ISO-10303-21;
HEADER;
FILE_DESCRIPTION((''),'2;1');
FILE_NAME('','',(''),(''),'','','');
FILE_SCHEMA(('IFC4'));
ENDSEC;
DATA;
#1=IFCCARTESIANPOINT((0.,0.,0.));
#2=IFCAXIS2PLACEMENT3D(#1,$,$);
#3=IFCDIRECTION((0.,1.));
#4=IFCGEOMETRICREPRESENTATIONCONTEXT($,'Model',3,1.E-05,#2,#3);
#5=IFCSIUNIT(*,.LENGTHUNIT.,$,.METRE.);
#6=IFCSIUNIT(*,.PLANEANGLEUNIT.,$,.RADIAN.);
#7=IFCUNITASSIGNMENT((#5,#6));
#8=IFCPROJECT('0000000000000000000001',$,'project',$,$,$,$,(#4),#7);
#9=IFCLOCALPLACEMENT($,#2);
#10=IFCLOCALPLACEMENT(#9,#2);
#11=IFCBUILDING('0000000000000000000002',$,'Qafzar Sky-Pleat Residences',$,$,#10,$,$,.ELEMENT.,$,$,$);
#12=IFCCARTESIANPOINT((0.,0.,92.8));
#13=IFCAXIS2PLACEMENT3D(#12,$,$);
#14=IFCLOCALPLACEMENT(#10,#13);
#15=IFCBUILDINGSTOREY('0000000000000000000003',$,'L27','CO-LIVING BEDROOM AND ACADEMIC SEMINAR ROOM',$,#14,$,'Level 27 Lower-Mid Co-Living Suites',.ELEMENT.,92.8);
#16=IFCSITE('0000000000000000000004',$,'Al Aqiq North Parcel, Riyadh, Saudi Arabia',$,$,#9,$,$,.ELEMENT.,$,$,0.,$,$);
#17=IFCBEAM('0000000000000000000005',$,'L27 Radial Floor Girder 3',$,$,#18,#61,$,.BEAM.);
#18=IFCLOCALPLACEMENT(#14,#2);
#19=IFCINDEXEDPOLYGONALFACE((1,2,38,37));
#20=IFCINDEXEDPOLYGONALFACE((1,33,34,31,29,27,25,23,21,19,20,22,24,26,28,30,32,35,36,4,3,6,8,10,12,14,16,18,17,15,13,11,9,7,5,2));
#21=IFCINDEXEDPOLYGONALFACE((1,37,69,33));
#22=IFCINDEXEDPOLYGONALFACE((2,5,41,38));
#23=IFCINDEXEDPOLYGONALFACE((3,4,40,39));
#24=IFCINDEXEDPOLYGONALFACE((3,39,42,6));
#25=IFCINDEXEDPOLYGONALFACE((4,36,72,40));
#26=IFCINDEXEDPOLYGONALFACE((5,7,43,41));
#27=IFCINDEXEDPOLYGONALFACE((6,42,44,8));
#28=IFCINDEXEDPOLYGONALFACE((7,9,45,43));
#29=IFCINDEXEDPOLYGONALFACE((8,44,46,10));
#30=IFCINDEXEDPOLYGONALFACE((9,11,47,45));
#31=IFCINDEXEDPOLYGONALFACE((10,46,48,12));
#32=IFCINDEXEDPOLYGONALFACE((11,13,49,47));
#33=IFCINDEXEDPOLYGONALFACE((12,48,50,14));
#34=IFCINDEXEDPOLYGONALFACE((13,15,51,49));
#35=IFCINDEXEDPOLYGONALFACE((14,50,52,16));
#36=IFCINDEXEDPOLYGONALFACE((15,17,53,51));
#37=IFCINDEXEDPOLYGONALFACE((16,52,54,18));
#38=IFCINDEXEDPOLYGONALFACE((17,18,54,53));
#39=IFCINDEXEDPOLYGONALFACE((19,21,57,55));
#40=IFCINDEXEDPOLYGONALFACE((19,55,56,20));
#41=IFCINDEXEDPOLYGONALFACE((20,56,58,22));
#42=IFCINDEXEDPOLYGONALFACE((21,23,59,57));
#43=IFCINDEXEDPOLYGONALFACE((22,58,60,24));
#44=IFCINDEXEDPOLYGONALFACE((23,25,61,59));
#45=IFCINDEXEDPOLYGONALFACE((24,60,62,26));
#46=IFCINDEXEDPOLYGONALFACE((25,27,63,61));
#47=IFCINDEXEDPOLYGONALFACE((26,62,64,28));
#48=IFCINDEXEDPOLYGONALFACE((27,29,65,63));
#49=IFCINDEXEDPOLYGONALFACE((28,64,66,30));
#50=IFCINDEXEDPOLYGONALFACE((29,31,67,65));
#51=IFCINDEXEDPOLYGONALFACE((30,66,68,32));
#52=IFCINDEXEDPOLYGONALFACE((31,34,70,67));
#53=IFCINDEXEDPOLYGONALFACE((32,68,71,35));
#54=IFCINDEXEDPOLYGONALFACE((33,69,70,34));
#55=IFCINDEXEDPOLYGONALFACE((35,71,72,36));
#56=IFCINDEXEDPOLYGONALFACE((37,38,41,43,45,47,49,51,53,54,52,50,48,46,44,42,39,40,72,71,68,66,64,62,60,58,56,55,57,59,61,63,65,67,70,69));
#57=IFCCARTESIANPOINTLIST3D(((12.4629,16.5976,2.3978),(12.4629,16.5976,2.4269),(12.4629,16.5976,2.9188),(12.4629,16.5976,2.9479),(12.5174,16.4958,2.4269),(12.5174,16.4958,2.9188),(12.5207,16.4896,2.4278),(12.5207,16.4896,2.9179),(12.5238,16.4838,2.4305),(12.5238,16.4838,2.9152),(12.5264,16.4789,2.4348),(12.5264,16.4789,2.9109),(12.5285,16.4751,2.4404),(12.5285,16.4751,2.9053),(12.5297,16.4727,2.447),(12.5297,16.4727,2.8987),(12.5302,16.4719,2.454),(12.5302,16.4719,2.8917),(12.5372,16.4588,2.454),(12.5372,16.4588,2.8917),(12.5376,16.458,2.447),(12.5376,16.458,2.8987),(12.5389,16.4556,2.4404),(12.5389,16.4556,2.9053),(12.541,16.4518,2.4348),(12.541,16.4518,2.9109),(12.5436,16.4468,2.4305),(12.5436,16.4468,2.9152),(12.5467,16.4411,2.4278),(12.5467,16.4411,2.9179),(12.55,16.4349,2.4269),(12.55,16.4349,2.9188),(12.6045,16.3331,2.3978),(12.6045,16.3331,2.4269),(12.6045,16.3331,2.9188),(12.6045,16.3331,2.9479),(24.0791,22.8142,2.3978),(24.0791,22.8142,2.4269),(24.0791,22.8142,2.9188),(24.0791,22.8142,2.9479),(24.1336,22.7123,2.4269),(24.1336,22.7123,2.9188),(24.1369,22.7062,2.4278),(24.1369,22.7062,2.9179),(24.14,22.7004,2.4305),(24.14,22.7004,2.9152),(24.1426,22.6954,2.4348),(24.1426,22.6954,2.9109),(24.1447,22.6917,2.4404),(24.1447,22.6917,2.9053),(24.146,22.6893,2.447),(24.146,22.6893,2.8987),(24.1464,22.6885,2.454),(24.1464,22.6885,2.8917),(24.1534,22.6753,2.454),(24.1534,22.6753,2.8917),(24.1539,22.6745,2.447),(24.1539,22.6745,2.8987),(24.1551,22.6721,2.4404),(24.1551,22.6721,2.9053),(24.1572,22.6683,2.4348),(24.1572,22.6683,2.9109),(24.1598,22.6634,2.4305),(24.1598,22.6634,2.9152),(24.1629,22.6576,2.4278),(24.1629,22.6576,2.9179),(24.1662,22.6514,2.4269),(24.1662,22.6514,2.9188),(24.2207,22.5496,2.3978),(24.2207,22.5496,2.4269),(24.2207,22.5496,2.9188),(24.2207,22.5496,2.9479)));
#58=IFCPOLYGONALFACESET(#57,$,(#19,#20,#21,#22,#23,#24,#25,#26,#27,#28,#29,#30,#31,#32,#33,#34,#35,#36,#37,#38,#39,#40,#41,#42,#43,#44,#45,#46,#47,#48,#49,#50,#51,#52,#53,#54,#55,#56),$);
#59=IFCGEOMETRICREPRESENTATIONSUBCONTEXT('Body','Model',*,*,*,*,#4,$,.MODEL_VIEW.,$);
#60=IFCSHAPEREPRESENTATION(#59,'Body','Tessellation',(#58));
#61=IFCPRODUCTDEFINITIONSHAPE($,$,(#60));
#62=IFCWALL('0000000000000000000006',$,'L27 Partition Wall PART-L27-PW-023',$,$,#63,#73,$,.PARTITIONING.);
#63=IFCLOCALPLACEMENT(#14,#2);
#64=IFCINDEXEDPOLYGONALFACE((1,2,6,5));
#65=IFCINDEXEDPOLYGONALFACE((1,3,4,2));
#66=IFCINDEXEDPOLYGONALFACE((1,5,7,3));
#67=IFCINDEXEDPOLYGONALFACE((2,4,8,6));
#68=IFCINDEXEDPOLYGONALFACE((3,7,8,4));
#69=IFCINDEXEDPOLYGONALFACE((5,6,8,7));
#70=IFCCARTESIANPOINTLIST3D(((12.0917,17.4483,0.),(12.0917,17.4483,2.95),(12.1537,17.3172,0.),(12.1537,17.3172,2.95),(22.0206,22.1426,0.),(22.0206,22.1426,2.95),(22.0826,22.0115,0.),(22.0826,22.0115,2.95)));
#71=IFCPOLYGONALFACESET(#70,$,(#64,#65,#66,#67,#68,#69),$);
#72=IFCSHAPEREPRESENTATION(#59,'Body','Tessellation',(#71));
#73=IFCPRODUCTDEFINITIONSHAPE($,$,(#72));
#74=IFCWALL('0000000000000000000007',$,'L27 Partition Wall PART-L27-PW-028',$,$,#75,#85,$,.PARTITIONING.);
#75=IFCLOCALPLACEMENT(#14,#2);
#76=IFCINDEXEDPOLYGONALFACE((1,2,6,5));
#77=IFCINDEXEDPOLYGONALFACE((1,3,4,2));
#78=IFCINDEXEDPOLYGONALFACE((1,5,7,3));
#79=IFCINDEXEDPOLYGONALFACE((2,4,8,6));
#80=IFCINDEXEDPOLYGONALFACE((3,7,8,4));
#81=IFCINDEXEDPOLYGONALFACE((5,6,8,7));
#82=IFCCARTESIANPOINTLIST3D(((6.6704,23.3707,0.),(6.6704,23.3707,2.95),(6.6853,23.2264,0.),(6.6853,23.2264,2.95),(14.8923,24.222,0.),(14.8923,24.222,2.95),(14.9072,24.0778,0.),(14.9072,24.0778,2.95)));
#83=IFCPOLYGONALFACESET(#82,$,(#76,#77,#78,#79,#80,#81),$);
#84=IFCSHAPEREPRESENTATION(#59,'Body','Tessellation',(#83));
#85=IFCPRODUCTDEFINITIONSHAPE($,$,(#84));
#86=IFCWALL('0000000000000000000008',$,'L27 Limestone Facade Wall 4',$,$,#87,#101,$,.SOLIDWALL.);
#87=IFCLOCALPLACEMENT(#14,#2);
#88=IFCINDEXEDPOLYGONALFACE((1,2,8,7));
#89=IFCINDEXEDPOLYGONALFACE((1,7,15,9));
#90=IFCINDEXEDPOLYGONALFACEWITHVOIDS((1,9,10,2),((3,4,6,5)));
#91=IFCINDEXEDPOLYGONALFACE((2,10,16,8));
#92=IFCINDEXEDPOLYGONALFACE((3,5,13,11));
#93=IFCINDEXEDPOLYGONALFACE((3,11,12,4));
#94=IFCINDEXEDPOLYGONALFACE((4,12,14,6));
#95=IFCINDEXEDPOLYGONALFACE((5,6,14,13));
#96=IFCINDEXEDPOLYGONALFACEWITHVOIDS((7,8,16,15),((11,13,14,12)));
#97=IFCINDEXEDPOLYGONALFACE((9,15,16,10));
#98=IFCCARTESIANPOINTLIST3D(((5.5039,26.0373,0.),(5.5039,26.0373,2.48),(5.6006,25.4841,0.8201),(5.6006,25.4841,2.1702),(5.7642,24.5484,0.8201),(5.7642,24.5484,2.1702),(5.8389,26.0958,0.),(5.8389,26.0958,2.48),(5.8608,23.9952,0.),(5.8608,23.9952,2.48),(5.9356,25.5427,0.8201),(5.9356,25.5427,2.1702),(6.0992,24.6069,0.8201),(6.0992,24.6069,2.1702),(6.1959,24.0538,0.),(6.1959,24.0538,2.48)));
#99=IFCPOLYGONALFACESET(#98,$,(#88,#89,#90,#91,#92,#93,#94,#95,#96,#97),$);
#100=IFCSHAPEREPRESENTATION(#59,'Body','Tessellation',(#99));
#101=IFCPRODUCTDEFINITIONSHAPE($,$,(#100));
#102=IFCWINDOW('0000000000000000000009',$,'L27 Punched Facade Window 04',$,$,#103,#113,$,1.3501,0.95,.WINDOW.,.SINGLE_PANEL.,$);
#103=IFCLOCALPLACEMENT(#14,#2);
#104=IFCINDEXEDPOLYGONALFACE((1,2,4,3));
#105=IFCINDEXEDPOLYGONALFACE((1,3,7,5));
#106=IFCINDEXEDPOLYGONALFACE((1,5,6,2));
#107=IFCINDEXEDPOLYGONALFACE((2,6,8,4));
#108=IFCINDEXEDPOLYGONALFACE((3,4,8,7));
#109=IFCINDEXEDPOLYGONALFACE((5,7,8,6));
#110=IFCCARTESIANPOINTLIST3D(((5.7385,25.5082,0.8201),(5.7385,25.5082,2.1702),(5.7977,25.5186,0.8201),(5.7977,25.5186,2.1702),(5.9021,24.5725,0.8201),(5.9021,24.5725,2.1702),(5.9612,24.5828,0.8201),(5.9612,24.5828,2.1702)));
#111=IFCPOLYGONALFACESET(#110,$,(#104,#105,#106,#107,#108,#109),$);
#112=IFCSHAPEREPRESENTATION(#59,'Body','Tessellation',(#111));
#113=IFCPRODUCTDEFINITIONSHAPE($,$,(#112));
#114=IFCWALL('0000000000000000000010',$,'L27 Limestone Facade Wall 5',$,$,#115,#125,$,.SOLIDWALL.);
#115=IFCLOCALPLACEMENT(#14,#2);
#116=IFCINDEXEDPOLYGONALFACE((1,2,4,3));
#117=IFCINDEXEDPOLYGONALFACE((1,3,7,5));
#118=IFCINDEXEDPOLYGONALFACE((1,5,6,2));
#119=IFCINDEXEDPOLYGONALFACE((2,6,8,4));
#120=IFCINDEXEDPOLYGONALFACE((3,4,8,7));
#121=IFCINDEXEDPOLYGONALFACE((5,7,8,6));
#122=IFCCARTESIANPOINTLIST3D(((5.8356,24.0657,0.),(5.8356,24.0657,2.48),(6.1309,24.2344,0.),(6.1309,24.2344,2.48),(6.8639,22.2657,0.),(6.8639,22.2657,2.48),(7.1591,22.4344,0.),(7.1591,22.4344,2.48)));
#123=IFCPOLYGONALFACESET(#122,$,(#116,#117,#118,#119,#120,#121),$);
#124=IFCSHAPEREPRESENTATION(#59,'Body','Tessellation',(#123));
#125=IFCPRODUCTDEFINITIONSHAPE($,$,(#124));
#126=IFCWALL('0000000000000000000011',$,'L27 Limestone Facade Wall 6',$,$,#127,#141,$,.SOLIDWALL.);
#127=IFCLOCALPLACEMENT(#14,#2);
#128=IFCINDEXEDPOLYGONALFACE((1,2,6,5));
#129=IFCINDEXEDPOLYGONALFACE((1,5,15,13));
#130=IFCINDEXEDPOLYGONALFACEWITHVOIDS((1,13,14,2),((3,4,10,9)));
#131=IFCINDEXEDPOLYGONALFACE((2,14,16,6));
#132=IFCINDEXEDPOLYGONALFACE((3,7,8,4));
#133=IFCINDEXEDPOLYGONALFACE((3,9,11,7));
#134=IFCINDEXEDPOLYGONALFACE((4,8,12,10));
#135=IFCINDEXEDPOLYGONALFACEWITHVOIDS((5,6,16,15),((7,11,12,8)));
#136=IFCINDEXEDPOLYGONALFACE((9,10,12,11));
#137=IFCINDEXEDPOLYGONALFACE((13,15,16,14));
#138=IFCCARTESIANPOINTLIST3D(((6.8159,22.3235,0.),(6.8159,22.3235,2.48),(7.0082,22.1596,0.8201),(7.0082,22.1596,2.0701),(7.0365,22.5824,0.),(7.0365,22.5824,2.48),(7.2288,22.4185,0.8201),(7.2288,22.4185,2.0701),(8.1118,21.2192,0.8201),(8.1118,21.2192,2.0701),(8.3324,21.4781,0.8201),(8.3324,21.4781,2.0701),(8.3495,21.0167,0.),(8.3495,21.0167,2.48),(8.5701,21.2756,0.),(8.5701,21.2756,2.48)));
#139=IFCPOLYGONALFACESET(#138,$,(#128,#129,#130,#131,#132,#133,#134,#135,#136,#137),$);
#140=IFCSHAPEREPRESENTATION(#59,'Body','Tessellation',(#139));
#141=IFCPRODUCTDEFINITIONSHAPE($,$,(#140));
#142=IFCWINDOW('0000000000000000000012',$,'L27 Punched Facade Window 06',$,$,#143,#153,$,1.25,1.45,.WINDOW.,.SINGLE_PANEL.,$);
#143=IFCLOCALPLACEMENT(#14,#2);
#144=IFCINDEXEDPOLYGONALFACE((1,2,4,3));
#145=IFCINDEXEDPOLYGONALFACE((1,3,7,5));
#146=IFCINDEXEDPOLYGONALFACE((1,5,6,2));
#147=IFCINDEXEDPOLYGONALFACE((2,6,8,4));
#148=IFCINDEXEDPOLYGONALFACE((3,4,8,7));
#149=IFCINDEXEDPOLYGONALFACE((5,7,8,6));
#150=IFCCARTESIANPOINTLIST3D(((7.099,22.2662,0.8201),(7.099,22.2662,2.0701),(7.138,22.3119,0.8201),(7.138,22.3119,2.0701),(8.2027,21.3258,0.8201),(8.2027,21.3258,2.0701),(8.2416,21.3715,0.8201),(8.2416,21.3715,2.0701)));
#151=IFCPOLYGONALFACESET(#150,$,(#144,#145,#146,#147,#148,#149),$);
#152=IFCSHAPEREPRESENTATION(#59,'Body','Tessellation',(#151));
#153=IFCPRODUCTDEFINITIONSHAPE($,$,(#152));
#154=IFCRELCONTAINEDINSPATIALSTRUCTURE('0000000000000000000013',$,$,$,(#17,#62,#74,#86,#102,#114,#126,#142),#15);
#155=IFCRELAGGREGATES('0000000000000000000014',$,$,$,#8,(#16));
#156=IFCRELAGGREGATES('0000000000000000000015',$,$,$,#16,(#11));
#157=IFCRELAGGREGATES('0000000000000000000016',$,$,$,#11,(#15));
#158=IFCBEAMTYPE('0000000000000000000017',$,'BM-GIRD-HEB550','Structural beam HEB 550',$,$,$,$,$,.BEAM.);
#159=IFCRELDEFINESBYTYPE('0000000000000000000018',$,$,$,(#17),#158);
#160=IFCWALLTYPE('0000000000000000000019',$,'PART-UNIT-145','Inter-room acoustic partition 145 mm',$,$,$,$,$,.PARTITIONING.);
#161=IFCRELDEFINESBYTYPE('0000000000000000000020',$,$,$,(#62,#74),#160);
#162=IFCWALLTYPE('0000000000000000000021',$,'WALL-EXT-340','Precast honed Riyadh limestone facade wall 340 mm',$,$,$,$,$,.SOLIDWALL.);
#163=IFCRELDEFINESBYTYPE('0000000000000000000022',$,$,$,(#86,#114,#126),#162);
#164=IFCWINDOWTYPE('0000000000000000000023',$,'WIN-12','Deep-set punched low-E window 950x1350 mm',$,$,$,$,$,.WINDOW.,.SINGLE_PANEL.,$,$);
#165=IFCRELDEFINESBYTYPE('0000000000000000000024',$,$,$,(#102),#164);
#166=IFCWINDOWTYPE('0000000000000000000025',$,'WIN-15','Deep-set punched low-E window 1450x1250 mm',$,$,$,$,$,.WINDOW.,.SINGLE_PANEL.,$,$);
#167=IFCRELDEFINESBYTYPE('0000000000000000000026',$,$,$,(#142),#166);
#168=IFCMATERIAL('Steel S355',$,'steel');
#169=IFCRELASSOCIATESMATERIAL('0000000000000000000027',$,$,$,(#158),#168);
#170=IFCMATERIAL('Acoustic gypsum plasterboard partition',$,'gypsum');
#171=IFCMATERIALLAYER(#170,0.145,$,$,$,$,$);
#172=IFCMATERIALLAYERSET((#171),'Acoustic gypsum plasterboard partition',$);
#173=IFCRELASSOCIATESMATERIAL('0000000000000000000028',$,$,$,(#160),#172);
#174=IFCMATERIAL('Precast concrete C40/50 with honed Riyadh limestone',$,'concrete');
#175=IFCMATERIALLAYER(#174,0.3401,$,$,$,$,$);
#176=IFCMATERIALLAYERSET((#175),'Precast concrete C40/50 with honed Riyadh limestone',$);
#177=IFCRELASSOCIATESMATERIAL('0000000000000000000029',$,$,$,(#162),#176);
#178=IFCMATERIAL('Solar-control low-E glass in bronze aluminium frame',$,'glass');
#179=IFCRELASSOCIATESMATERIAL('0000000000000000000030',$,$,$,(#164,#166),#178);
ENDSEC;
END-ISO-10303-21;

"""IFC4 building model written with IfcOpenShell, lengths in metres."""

from ifc_helpers import new_model, si_unit, direction, frame, frame_2d, origin, origin_2d, place, context, subcontext, project, spatial, rectangle, i_section, extrude, source, transform, mapped, material, layer, layer_set, material_profile, profile_set, type_object, element, fill, save


model = new_model("IFC4")

# Units and contexts
model_context = context("Model", 3, precision=1e-05, world=origin(), true_north=direction((0.0, 1.0)))
body_context = subcontext(model_context, "Body", "Model", "MODEL_VIEW")
ifc_project = project(units=[si_unit("LENGTHUNIT", "METRE"), si_unit("PLANEANGLEUNIT", "RADIAN")], contexts=[model_context])

# Site, building, storey
site_placement = place(None, origin())
site = spatial("IfcSite", under=ifc_project, at=site_placement, Name="Al Aqiq North Parcel, Riyadh, Saudi Arabia", CompositionType="ELEMENT", RefElevation=0.0)
building_placement = place(site_placement, origin())
building = spatial("IfcBuilding", under=site, at=building_placement, Name="Qafzar Sky-Pleat Residences", CompositionType="ELEMENT")
storey_placement = place(building_placement, frame((0.0, 0.0, 92.8)))
storey = spatial("IfcBuildingStorey", under=building, at=storey_placement, Name="L27", Description="CO-LIVING BEDROOM AND ACADEMIC SEMINAR ROOM", LongName="Level 27 Lower-Mid Co-Living Suites", CompositionType="ELEMENT", Elevation=92.8)

# Beam
ifc_material_1 = material(Name="Steel S355", Category="steel")
ifc_material_profile_1 = material_profile(ifc_material_1, i_section(OverallWidth=0.3, OverallDepth=0.55, WebThickness=0.0149, FlangeThickness=0.0291, FilletRadius=0.0271, at=origin_2d()), Name="HEB 550")
ifc_profile_set_1 = profile_set([ifc_material_profile_1], Name="Steel S355")
beam_type_1 = type_object("IfcBeamType", Name="BM-GIRD-HEB550", Description="Structural beam HEB 550", PredefinedType="BEAM", material=ifc_profile_set_1)
shared_shape_1 = source(origin(), body_context, "Body", "SweptSolid", [
    extrude(i_section(OverallWidth=0.3, OverallDepth=0.55, WebThickness=0.0149, FlangeThickness=0.0291, FilletRadius=0.0271, at=origin_2d()), origin(), (0.0, 0.0, 1.0), 13.175),
])
beam_1_placement = place(storey_placement, frame((12.5337, 16.4653, 2.6729), z_axis=(0.881683, 0.471843, 0.0), x_axis=(-0.471843, 0.881683, 0.0)))
element("IfcBeam", 1, at=beam_1_placement, inside=storey, type_object=beam_type_1, Name="L27 Radial Floor Girder 3", PredefinedType="BEAM", context=body_context, shape_type="MappedRepresentation", body=[
    mapped(shared_shape_1, transform((0.0, 0.0, 0.0), x_axis=(1.0, 0.0, 0.0), y_axis=(0.0, 1.0, 0.0), z_axis=(0.0, 0.0, 1.0), scale=1.0)),
])

# Walls
ifc_material_2 = material(Name="Acoustic gypsum plasterboard partition", Category="gypsum")
ifc_layer_1 = layer(ifc_material_2, 0.145)
ifc_layer_set_1 = layer_set([ifc_layer_1], Name="Acoustic gypsum plasterboard partition")
wall_type_1 = type_object("IfcWallType", Name="PART-UNIT-145", Description="Inter-room acoustic partition 145 mm", PredefinedType="PARTITIONING", material=ifc_layer_set_1)
wall_1_placement = place(storey_placement, frame((12.1228, 17.3828, 0.0), z_axis=(0.0, 0.0, 1.0), x_axis=(0.904049, 0.427428, 0.0)))
element("IfcWall", 2, at=wall_1_placement, inside=storey, type_object=wall_type_1, Name="L27 Partition Wall PART-L27-PW-023", PredefinedType="PARTITIONING", context=body_context, shape_type="SweptSolid", body=[
    extrude(rectangle(XDim=10.9827, YDim=0.145, at=frame_2d((5.4912, 0.0))), origin(), (0.0, 0.0, 1.0), 2.95),
])
wall_2_placement = place(storey_placement, frame((6.678, 23.2986, 0.0), z_axis=(0.0, 0.0, 1.0), x_axis=(0.994682, 0.102992, 0.0)))
element("IfcWall", 3, at=wall_2_placement, inside=storey, type_object=wall_type_1, Name="L27 Partition Wall PART-L27-PW-028", PredefinedType="PARTITIONING", context=body_context, shape_type="SweptSolid", body=[
    extrude(rectangle(XDim=8.2659, YDim=0.145, at=frame_2d((4.1328, 0.0))), origin(), (0.0, 0.0, 1.0), 2.95),
])

# Wall, opening, window
ifc_material_3 = material(Name="Precast concrete C40/50 with honed Riyadh limestone", Category="concrete")
ifc_layer_2 = layer(ifc_material_3, 0.3401)
ifc_layer_set_2 = layer_set([ifc_layer_2], Name="Precast concrete C40/50 with honed Riyadh limestone")
wall_type_2 = type_object("IfcWallType", Name="WALL-EXT-340", Description="Precast honed Riyadh limestone facade wall 340 mm", PredefinedType="SOLIDWALL", material=ifc_layer_set_2)
wall_3_placement = place(storey_placement, frame((5.6714, 26.0667, 0.0), z_axis=(0.0, 0.0, 1.0), x_axis=(0.172186, -0.985064, 0.0)))
wall_3 = element("IfcWall", 4, at=wall_3_placement, inside=storey, type_object=wall_type_2, Name="L27 Limestone Facade Wall 4", PredefinedType="SOLIDWALL", context=body_context, shape_type="SweptSolid", body=[
    extrude(rectangle(XDim=2.073, YDim=0.3401, at=frame_2d((1.0366, 0.0))), origin(), (0.0, 0.0, 1.0), 2.48),
])
opening_1_placement = place(wall_3_placement, frame((0.5615, 0.0, 0.8201)))
opening_1 = element("IfcOpeningElement", 5, at=opening_1_placement, cuts=wall_3, PredefinedType="OPENING", context=body_context, shape_type="SweptSolid", body=[
    extrude(rectangle(XDim=0.95, YDim=1.3501, at=frame_2d((0.4751, 0.675))), frame((0.0, 0.1802, 0.0), z_axis=(0.0, -1.0, 0.0), x_axis=(1.0, 0.0, 0.0)), (0.0, 0.0, 1.0), 0.3601),
])
ifc_material_4 = material(Name="Solar-control low-E glass in bronze aluminium frame", Category="glass")
window_type_1 = type_object("IfcWindowType", Name="WIN-12", Description="Deep-set punched low-E window 950x1350 mm", PartitioningType="SINGLE_PANEL", PredefinedType="WINDOW", material=ifc_material_4)
shared_shape_2 = source(origin(), body_context, "Body", "SweptSolid", [
    extrude(rectangle(XDim=0.95, YDim=1.3501, at=frame_2d((0.4751, 0.675))), frame((0.0, 0.03, 0.0), z_axis=(0.0, -1.0, 0.0), x_axis=(1.0, 0.0, 0.0)), (0.0, 0.0, 1.0), 0.0601),
])
window_1_placement = place(opening_1_placement, origin())
window_1 = element("IfcWindow", 6, at=window_1_placement, inside=storey, type_object=window_type_1, Name="L27 Punched Facade Window 04", OverallHeight=1.3501, OverallWidth=0.95, PartitioningType="SINGLE_PANEL", PredefinedType="WINDOW", context=body_context, shape_type="MappedRepresentation", body=[
    mapped(shared_shape_2, transform((0.0, 0.0, 0.0), x_axis=(1.0, 0.0, 0.0), y_axis=(0.0, 1.0, 0.0), z_axis=(0.0, 0.0, 1.0), scale=1.0)),
])
fill(opening_1, window_1)

# Wall
wall_4_placement = place(storey_placement, frame((5.9832, 24.1501, 0.0), z_axis=(0.0, 0.0, 1.0), x_axis=(0.496037, -0.868301, 0.0)))
element("IfcWall", 7, at=wall_4_placement, inside=storey, type_object=wall_type_2, Name="L27 Limestone Facade Wall 5", PredefinedType="SOLIDWALL", context=body_context, shape_type="SweptSolid", body=[
    extrude(rectangle(XDim=2.073, YDim=0.3401, at=frame_2d((1.0366, 0.0))), origin(), (0.0, 0.0, 1.0), 2.48),
])

# Wall, opening, window
wall_5_placement = place(storey_placement, frame((6.9263, 22.4529, 0.0), z_axis=(0.0, 0.0, 1.0), x_axis=(0.761144, -0.648583, 0.0)))
wall_5 = element("IfcWall", 8, at=wall_5_placement, inside=storey, type_object=wall_type_2, Name="L27 Limestone Facade Wall 6", PredefinedType="SOLIDWALL", context=body_context, shape_type="SweptSolid", body=[
    extrude(rectangle(XDim=2.0149, YDim=0.3401, at=frame_2d((1.0073, 0.0))), origin(), (0.0, 0.0, 1.0), 2.48),
])
opening_2_placement = place(wall_5_placement, frame((0.2524, 0.0, 0.8201)))
opening_2 = element("IfcOpeningElement", 9, at=opening_2_placement, cuts=wall_5, PredefinedType="OPENING", context=body_context, shape_type="SweptSolid", body=[
    extrude(rectangle(XDim=1.45, YDim=1.25, at=frame_2d((0.7251, 0.625))), frame((0.0, 0.1802, 0.0), z_axis=(0.0, -1.0, 0.0), x_axis=(1.0, 0.0, 0.0)), (0.0, 0.0, 1.0), 0.3601),
])
window_type_2 = type_object("IfcWindowType", Name="WIN-15", Description="Deep-set punched low-E window 1450x1250 mm", PartitioningType="SINGLE_PANEL", PredefinedType="WINDOW", material=ifc_material_4)
shared_shape_3 = source(origin(), body_context, "Body", "SweptSolid", [
    extrude(rectangle(XDim=1.45, YDim=1.25, at=frame_2d((0.7251, 0.625))), frame((0.0, 0.03, 0.0), z_axis=(0.0, -1.0, 0.0), x_axis=(1.0, 0.0, 0.0)), (0.0, 0.0, 1.0), 0.0601),
])
window_2_placement = place(opening_2_placement, origin())
window_2 = element("IfcWindow", 10, at=window_2_placement, inside=storey, type_object=window_type_2, Name="L27 Punched Facade Window 06", OverallHeight=1.25, OverallWidth=1.45, PartitioningType="SINGLE_PANEL", PredefinedType="WINDOW", context=body_context, shape_type="MappedRepresentation", body=[
    mapped(shared_shape_3, transform((0.0, 0.0, 0.0), x_axis=(1.0, 0.0, 0.0), y_axis=(0.0, 1.0, 0.0), z_axis=(0.0, 0.0, 1.0), scale=1.0)),
])
fill(opening_2, window_2)

save(model, "model.ifc")
